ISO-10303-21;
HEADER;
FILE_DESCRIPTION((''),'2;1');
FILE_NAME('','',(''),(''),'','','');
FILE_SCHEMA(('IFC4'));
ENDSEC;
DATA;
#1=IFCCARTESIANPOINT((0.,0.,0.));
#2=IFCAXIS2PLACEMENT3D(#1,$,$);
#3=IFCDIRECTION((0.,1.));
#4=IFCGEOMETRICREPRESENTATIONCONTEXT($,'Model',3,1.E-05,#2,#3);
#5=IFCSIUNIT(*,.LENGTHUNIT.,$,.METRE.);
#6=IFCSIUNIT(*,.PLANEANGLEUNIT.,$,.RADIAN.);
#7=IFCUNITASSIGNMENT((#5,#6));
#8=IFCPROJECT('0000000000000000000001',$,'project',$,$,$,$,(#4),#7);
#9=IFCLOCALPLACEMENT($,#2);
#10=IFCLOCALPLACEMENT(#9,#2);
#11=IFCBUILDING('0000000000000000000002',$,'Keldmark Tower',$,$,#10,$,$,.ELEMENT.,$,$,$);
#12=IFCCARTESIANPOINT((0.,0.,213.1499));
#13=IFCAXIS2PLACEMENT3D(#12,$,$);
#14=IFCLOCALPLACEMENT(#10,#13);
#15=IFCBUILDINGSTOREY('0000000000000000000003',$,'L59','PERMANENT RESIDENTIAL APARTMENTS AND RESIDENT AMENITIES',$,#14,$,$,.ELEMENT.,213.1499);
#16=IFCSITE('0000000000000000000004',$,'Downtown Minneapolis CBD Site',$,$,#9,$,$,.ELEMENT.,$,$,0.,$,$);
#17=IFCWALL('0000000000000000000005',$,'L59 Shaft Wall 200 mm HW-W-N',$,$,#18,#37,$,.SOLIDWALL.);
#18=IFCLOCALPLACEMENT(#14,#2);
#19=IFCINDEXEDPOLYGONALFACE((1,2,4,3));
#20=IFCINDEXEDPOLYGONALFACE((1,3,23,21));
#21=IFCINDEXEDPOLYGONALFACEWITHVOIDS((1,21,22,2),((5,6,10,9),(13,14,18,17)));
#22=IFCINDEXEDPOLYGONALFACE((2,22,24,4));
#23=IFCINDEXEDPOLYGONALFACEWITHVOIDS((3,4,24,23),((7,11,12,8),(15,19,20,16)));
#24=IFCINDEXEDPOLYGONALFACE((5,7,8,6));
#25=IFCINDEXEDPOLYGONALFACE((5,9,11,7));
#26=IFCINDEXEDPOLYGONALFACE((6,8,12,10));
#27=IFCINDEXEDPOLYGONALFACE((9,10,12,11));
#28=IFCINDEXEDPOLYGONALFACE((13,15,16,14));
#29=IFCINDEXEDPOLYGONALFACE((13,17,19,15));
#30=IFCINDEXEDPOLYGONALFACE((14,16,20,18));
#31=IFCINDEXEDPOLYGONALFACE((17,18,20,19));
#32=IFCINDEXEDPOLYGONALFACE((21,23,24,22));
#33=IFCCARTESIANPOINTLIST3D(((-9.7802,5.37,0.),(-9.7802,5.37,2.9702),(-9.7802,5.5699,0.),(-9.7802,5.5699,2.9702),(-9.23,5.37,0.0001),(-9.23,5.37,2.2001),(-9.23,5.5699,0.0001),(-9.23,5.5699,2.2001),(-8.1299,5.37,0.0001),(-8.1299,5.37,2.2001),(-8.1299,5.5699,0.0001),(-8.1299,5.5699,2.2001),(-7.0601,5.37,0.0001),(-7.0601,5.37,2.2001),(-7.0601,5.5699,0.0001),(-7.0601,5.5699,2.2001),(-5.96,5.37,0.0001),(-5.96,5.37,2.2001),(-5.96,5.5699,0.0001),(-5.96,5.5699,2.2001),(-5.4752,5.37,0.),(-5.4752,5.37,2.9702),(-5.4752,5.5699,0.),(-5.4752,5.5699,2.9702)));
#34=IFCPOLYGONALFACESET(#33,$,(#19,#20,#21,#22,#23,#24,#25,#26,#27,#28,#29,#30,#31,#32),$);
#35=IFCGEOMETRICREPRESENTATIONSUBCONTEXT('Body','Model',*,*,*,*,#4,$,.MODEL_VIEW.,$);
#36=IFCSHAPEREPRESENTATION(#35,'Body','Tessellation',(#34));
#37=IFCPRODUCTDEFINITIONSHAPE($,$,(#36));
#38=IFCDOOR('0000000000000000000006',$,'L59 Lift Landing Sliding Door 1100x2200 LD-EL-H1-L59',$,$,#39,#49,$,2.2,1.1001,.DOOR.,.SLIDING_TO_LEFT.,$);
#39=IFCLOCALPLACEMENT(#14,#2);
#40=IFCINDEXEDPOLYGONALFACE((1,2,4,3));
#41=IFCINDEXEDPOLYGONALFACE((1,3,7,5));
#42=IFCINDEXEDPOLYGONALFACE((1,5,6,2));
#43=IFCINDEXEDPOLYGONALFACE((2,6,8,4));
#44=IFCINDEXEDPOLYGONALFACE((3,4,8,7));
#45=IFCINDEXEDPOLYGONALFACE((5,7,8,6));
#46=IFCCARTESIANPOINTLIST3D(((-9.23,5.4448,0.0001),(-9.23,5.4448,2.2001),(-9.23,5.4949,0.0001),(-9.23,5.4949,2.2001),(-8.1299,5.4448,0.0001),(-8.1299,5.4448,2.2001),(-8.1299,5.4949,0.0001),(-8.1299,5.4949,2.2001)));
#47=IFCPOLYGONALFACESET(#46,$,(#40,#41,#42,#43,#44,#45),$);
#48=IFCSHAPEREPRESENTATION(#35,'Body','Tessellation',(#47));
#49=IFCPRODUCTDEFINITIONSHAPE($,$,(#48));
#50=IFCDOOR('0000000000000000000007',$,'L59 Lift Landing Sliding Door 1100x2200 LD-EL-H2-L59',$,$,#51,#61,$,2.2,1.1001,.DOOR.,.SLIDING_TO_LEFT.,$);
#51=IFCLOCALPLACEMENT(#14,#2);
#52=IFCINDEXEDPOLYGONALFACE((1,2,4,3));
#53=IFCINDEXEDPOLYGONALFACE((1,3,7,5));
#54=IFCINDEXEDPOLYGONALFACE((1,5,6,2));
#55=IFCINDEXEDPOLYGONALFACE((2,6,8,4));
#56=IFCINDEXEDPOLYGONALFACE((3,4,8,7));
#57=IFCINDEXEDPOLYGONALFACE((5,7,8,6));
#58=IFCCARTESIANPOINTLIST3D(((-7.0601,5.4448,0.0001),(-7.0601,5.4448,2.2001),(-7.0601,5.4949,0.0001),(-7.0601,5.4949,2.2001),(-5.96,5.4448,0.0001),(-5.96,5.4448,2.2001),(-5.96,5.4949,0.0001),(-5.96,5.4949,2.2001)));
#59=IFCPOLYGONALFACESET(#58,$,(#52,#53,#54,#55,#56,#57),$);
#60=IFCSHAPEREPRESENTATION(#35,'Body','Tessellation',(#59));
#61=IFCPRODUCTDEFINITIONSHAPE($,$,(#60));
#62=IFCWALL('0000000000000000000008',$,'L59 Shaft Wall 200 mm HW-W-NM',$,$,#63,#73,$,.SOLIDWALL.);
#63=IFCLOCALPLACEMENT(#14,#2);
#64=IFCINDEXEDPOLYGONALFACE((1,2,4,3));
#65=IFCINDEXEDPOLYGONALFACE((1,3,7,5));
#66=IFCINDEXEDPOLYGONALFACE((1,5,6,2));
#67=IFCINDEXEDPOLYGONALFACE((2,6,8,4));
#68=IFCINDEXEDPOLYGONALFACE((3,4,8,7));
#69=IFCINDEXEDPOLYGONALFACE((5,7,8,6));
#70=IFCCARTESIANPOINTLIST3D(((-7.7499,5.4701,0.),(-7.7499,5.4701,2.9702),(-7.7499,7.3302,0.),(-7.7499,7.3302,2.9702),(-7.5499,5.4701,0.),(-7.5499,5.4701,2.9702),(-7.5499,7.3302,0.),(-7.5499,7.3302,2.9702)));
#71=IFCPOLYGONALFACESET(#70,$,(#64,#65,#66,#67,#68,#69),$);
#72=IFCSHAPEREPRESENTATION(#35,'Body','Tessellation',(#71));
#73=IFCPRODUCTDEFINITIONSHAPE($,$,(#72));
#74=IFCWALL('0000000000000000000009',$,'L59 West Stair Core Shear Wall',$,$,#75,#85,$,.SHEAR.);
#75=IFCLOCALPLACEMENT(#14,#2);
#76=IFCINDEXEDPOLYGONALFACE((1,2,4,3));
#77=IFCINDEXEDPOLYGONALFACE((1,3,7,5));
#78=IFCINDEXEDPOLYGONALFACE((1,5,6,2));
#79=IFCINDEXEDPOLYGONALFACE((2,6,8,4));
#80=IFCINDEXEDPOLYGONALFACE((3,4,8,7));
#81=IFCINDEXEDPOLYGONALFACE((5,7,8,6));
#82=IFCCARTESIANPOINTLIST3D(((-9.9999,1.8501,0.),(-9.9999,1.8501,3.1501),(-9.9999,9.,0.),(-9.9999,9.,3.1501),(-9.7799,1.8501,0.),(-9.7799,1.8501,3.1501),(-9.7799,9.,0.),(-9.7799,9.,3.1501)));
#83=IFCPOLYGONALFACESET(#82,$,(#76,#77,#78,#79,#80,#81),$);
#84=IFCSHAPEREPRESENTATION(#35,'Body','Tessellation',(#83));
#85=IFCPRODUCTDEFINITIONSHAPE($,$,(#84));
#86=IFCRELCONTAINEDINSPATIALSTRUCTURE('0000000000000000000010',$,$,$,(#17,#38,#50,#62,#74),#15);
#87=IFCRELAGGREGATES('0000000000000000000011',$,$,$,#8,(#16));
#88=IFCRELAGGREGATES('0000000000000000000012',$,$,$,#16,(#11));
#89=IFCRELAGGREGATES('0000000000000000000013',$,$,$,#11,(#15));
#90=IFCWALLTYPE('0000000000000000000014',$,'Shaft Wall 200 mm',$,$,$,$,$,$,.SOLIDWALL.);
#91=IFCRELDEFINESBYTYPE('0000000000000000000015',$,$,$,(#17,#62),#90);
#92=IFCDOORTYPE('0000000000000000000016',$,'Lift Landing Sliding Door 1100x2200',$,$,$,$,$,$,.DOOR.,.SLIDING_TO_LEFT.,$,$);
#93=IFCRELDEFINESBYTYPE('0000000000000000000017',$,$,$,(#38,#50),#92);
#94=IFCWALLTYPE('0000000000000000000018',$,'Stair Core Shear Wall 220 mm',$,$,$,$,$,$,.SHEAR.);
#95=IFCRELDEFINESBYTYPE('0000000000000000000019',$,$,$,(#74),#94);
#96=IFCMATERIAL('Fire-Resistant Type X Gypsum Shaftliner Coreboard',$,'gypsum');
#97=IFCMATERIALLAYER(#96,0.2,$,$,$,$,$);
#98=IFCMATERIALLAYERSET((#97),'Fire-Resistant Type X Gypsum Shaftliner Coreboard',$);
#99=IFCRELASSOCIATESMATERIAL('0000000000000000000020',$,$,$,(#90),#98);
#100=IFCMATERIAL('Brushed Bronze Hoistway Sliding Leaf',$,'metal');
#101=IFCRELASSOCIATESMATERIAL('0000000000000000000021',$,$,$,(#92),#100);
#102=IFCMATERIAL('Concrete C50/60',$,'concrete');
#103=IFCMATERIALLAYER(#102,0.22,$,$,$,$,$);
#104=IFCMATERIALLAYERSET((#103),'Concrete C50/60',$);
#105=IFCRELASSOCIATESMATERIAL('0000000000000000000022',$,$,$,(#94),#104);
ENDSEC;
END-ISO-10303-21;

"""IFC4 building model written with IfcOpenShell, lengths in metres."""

from ifc_helpers import new_model, si_unit, direction, frame, frame_2d, origin, place, context, subcontext, project, spatial, rectangle, extrude, material, layer, layer_set, type_object, element, fill, save


model = new_model("IFC4")

# Units and contexts
model_context = context("Model", 3, precision=1e-05, world=origin(), true_north=direction((0.0, 1.0)))
body_context = subcontext(model_context, "Body", "Model", "MODEL_VIEW")
ifc_project = project(units=[si_unit("LENGTHUNIT", "METRE"), si_unit("PLANEANGLEUNIT", "RADIAN")], contexts=[model_context])

# Site, building, storey
site_placement = place(None, origin())
site = spatial("IfcSite", under=ifc_project, at=site_placement, Name="Downtown Minneapolis CBD Site", CompositionType="ELEMENT", RefElevation=0.0)
building_placement = place(site_placement, origin())
building = spatial("IfcBuilding", under=site, at=building_placement, Name="Keldmark Tower", CompositionType="ELEMENT")
storey_placement = place(building_placement, frame((0.0, 0.0, 213.1499)))
storey = spatial("IfcBuildingStorey", under=building, at=storey_placement, Name="L59", Description="PERMANENT RESIDENTIAL APARTMENTS AND RESIDENT AMENITIES", CompositionType="ELEMENT", Elevation=213.1499)

# Shared definitions
ifc_material_1 = material(Name="Fire-Resistant Type X Gypsum Shaftliner Coreboard", Category="gypsum")
ifc_layer_1 = layer(ifc_material_1, 0.2)
ifc_layer_set_1 = layer_set([ifc_layer_1], Name="Fire-Resistant Type X Gypsum Shaftliner Coreboard")
wall_type_1 = type_object("IfcWallType", Name="Shaft Wall 200 mm", PredefinedType="SOLIDWALL", material=ifc_layer_set_1)
ifc_material_2 = material(Name="Brushed Bronze Hoistway Sliding Leaf", Category="metal")
door_type = type_object("IfcDoorType", Name="Lift Landing Sliding Door 1100x2200", OperationType="SLIDING_TO_LEFT", PredefinedType="DOOR", material=ifc_material_2)

# Wall, openings, doors
wall_1_placement = place(storey_placement, frame((-9.78, 5.47, 0.0), z_axis=(0.0, 0.0, 1.0), x_axis=(1.0, 0.0, 0.0)))
wall_1 = element("IfcWall", 1, at=wall_1_placement, inside=storey, type_object=wall_type_1, Name="L59 Shaft Wall 200 mm HW-W-N", PredefinedType="SOLIDWALL", context=body_context, shape_type="SweptSolid", body=[
    extrude(rectangle(XDim=4.3049, YDim=0.2, at=frame_2d((2.1523, 0.0))), origin(), (0.0, 0.0, 1.0), 2.9702),
])
opening_1_placement = place(wall_1_placement, frame((0.55, 0.0, 0.0)))
opening_1 = element("IfcOpeningElement", 2, at=opening_1_placement, cuts=wall_1, PredefinedType="OPENING", context=body_context, shape_type="SweptSolid", body=[
    extrude(rectangle(XDim=1.1001, YDim=2.2, at=frame_2d((0.55, 1.1001))), frame((0.0, 0.1099, 0.0), z_axis=(0.0, -1.0, 0.0), x_axis=(1.0, 0.0, 0.0)), (0.0, 0.0, 1.0), 0.22),
])
opening_2_placement = place(wall_1_placement, frame((2.72, 0.0, 0.0)))
opening_2 = element("IfcOpeningElement", 3, at=opening_2_placement, cuts=wall_1, PredefinedType="OPENING", context=body_context, shape_type="SweptSolid", body=[
    extrude(rectangle(XDim=1.1001, YDim=2.2, at=frame_2d((0.55, 1.1001))), frame((0.0, 0.1099, 0.0), z_axis=(0.0, -1.0, 0.0), x_axis=(1.0, 0.0, 0.0)), (0.0, 0.0, 1.0), 0.22),
])
door_1_placement = place(opening_1_placement, origin())
door_1 = element("IfcDoor", 4, at=door_1_placement, inside=storey, type_object=door_type, Name="L59 Lift Landing Sliding Door 1100x2200 LD-EL-H1-L59", OperationType="SLIDING_TO_LEFT", OverallHeight=2.2, OverallWidth=1.1001, PredefinedType="DOOR", context=body_context, shape_type="SweptSolid", body=[
    extrude(rectangle(XDim=1.1001, YDim=2.2, at=frame_2d((0.55, 1.1001))), frame((0.0, 0.0249, 0.0), z_axis=(0.0, -1.0, 0.0), x_axis=(1.0, 0.0, 0.0)), (0.0, 0.0, 1.0), 0.05),
])
fill(opening_1, door_1)
door_2_placement = place(opening_2_placement, origin())
door_2 = element("IfcDoor", 5, at=door_2_placement, inside=storey, type_object=door_type, Name="L59 Lift Landing Sliding Door 1100x2200 LD-EL-H2-L59", OperationType="SLIDING_TO_LEFT", OverallHeight=2.2, OverallWidth=1.1001, PredefinedType="DOOR", context=body_context, shape_type="SweptSolid", body=[
    extrude(rectangle(XDim=1.1001, YDim=2.2, at=frame_2d((0.55, 1.1001))), frame((0.0, 0.0249, 0.0), z_axis=(0.0, -1.0, 0.0), x_axis=(1.0, 0.0, 0.0)), (0.0, 0.0, 1.0), 0.05),
])
fill(opening_2, door_2)

# Walls
wall_2_placement = place(storey_placement, frame((-7.6499, 5.47, 0.0), z_axis=(0.0, 0.0, 1.0), x_axis=(0.0, 1.0, 0.0)))
element("IfcWall", 6, at=wall_2_placement, inside=storey, type_object=wall_type_1, Name="L59 Shaft Wall 200 mm HW-W-NM", PredefinedType="SOLIDWALL", context=body_context, shape_type="SweptSolid", body=[
    extrude(rectangle(XDim=1.8601, YDim=0.2, at=frame_2d((0.9302, 0.0))), origin(), (0.0, 0.0, 1.0), 2.9702),
])
ifc_material_3 = material(Name="Concrete C50/60", Category="concrete")
ifc_layer_2 = layer(ifc_material_3, 0.22)
ifc_layer_set_2 = layer_set([ifc_layer_2], Name="Concrete C50/60")
wall_type_2 = type_object("IfcWallType", Name="Stair Core Shear Wall 220 mm", PredefinedType="SHEAR", material=ifc_layer_set_2)
wall_3_placement = place(storey_placement, frame((-9.8899, 1.8501, 0.0), z_axis=(0.0, 0.0, 1.0), x_axis=(0.0, 1.0, 0.0)))
element("IfcWall", 7, at=wall_3_placement, inside=storey, type_object=wall_type_2, Name="L59 West Stair Core Shear Wall", PredefinedType="SHEAR", context=body_context, shape_type="SweptSolid", body=[
    extrude(rectangle(XDim=7.1499, YDim=0.22, at=frame_2d((3.575, 0.0))), origin(), (0.0, 0.0, 1.0), 3.1501),
])

save(model, "model.ifc")
